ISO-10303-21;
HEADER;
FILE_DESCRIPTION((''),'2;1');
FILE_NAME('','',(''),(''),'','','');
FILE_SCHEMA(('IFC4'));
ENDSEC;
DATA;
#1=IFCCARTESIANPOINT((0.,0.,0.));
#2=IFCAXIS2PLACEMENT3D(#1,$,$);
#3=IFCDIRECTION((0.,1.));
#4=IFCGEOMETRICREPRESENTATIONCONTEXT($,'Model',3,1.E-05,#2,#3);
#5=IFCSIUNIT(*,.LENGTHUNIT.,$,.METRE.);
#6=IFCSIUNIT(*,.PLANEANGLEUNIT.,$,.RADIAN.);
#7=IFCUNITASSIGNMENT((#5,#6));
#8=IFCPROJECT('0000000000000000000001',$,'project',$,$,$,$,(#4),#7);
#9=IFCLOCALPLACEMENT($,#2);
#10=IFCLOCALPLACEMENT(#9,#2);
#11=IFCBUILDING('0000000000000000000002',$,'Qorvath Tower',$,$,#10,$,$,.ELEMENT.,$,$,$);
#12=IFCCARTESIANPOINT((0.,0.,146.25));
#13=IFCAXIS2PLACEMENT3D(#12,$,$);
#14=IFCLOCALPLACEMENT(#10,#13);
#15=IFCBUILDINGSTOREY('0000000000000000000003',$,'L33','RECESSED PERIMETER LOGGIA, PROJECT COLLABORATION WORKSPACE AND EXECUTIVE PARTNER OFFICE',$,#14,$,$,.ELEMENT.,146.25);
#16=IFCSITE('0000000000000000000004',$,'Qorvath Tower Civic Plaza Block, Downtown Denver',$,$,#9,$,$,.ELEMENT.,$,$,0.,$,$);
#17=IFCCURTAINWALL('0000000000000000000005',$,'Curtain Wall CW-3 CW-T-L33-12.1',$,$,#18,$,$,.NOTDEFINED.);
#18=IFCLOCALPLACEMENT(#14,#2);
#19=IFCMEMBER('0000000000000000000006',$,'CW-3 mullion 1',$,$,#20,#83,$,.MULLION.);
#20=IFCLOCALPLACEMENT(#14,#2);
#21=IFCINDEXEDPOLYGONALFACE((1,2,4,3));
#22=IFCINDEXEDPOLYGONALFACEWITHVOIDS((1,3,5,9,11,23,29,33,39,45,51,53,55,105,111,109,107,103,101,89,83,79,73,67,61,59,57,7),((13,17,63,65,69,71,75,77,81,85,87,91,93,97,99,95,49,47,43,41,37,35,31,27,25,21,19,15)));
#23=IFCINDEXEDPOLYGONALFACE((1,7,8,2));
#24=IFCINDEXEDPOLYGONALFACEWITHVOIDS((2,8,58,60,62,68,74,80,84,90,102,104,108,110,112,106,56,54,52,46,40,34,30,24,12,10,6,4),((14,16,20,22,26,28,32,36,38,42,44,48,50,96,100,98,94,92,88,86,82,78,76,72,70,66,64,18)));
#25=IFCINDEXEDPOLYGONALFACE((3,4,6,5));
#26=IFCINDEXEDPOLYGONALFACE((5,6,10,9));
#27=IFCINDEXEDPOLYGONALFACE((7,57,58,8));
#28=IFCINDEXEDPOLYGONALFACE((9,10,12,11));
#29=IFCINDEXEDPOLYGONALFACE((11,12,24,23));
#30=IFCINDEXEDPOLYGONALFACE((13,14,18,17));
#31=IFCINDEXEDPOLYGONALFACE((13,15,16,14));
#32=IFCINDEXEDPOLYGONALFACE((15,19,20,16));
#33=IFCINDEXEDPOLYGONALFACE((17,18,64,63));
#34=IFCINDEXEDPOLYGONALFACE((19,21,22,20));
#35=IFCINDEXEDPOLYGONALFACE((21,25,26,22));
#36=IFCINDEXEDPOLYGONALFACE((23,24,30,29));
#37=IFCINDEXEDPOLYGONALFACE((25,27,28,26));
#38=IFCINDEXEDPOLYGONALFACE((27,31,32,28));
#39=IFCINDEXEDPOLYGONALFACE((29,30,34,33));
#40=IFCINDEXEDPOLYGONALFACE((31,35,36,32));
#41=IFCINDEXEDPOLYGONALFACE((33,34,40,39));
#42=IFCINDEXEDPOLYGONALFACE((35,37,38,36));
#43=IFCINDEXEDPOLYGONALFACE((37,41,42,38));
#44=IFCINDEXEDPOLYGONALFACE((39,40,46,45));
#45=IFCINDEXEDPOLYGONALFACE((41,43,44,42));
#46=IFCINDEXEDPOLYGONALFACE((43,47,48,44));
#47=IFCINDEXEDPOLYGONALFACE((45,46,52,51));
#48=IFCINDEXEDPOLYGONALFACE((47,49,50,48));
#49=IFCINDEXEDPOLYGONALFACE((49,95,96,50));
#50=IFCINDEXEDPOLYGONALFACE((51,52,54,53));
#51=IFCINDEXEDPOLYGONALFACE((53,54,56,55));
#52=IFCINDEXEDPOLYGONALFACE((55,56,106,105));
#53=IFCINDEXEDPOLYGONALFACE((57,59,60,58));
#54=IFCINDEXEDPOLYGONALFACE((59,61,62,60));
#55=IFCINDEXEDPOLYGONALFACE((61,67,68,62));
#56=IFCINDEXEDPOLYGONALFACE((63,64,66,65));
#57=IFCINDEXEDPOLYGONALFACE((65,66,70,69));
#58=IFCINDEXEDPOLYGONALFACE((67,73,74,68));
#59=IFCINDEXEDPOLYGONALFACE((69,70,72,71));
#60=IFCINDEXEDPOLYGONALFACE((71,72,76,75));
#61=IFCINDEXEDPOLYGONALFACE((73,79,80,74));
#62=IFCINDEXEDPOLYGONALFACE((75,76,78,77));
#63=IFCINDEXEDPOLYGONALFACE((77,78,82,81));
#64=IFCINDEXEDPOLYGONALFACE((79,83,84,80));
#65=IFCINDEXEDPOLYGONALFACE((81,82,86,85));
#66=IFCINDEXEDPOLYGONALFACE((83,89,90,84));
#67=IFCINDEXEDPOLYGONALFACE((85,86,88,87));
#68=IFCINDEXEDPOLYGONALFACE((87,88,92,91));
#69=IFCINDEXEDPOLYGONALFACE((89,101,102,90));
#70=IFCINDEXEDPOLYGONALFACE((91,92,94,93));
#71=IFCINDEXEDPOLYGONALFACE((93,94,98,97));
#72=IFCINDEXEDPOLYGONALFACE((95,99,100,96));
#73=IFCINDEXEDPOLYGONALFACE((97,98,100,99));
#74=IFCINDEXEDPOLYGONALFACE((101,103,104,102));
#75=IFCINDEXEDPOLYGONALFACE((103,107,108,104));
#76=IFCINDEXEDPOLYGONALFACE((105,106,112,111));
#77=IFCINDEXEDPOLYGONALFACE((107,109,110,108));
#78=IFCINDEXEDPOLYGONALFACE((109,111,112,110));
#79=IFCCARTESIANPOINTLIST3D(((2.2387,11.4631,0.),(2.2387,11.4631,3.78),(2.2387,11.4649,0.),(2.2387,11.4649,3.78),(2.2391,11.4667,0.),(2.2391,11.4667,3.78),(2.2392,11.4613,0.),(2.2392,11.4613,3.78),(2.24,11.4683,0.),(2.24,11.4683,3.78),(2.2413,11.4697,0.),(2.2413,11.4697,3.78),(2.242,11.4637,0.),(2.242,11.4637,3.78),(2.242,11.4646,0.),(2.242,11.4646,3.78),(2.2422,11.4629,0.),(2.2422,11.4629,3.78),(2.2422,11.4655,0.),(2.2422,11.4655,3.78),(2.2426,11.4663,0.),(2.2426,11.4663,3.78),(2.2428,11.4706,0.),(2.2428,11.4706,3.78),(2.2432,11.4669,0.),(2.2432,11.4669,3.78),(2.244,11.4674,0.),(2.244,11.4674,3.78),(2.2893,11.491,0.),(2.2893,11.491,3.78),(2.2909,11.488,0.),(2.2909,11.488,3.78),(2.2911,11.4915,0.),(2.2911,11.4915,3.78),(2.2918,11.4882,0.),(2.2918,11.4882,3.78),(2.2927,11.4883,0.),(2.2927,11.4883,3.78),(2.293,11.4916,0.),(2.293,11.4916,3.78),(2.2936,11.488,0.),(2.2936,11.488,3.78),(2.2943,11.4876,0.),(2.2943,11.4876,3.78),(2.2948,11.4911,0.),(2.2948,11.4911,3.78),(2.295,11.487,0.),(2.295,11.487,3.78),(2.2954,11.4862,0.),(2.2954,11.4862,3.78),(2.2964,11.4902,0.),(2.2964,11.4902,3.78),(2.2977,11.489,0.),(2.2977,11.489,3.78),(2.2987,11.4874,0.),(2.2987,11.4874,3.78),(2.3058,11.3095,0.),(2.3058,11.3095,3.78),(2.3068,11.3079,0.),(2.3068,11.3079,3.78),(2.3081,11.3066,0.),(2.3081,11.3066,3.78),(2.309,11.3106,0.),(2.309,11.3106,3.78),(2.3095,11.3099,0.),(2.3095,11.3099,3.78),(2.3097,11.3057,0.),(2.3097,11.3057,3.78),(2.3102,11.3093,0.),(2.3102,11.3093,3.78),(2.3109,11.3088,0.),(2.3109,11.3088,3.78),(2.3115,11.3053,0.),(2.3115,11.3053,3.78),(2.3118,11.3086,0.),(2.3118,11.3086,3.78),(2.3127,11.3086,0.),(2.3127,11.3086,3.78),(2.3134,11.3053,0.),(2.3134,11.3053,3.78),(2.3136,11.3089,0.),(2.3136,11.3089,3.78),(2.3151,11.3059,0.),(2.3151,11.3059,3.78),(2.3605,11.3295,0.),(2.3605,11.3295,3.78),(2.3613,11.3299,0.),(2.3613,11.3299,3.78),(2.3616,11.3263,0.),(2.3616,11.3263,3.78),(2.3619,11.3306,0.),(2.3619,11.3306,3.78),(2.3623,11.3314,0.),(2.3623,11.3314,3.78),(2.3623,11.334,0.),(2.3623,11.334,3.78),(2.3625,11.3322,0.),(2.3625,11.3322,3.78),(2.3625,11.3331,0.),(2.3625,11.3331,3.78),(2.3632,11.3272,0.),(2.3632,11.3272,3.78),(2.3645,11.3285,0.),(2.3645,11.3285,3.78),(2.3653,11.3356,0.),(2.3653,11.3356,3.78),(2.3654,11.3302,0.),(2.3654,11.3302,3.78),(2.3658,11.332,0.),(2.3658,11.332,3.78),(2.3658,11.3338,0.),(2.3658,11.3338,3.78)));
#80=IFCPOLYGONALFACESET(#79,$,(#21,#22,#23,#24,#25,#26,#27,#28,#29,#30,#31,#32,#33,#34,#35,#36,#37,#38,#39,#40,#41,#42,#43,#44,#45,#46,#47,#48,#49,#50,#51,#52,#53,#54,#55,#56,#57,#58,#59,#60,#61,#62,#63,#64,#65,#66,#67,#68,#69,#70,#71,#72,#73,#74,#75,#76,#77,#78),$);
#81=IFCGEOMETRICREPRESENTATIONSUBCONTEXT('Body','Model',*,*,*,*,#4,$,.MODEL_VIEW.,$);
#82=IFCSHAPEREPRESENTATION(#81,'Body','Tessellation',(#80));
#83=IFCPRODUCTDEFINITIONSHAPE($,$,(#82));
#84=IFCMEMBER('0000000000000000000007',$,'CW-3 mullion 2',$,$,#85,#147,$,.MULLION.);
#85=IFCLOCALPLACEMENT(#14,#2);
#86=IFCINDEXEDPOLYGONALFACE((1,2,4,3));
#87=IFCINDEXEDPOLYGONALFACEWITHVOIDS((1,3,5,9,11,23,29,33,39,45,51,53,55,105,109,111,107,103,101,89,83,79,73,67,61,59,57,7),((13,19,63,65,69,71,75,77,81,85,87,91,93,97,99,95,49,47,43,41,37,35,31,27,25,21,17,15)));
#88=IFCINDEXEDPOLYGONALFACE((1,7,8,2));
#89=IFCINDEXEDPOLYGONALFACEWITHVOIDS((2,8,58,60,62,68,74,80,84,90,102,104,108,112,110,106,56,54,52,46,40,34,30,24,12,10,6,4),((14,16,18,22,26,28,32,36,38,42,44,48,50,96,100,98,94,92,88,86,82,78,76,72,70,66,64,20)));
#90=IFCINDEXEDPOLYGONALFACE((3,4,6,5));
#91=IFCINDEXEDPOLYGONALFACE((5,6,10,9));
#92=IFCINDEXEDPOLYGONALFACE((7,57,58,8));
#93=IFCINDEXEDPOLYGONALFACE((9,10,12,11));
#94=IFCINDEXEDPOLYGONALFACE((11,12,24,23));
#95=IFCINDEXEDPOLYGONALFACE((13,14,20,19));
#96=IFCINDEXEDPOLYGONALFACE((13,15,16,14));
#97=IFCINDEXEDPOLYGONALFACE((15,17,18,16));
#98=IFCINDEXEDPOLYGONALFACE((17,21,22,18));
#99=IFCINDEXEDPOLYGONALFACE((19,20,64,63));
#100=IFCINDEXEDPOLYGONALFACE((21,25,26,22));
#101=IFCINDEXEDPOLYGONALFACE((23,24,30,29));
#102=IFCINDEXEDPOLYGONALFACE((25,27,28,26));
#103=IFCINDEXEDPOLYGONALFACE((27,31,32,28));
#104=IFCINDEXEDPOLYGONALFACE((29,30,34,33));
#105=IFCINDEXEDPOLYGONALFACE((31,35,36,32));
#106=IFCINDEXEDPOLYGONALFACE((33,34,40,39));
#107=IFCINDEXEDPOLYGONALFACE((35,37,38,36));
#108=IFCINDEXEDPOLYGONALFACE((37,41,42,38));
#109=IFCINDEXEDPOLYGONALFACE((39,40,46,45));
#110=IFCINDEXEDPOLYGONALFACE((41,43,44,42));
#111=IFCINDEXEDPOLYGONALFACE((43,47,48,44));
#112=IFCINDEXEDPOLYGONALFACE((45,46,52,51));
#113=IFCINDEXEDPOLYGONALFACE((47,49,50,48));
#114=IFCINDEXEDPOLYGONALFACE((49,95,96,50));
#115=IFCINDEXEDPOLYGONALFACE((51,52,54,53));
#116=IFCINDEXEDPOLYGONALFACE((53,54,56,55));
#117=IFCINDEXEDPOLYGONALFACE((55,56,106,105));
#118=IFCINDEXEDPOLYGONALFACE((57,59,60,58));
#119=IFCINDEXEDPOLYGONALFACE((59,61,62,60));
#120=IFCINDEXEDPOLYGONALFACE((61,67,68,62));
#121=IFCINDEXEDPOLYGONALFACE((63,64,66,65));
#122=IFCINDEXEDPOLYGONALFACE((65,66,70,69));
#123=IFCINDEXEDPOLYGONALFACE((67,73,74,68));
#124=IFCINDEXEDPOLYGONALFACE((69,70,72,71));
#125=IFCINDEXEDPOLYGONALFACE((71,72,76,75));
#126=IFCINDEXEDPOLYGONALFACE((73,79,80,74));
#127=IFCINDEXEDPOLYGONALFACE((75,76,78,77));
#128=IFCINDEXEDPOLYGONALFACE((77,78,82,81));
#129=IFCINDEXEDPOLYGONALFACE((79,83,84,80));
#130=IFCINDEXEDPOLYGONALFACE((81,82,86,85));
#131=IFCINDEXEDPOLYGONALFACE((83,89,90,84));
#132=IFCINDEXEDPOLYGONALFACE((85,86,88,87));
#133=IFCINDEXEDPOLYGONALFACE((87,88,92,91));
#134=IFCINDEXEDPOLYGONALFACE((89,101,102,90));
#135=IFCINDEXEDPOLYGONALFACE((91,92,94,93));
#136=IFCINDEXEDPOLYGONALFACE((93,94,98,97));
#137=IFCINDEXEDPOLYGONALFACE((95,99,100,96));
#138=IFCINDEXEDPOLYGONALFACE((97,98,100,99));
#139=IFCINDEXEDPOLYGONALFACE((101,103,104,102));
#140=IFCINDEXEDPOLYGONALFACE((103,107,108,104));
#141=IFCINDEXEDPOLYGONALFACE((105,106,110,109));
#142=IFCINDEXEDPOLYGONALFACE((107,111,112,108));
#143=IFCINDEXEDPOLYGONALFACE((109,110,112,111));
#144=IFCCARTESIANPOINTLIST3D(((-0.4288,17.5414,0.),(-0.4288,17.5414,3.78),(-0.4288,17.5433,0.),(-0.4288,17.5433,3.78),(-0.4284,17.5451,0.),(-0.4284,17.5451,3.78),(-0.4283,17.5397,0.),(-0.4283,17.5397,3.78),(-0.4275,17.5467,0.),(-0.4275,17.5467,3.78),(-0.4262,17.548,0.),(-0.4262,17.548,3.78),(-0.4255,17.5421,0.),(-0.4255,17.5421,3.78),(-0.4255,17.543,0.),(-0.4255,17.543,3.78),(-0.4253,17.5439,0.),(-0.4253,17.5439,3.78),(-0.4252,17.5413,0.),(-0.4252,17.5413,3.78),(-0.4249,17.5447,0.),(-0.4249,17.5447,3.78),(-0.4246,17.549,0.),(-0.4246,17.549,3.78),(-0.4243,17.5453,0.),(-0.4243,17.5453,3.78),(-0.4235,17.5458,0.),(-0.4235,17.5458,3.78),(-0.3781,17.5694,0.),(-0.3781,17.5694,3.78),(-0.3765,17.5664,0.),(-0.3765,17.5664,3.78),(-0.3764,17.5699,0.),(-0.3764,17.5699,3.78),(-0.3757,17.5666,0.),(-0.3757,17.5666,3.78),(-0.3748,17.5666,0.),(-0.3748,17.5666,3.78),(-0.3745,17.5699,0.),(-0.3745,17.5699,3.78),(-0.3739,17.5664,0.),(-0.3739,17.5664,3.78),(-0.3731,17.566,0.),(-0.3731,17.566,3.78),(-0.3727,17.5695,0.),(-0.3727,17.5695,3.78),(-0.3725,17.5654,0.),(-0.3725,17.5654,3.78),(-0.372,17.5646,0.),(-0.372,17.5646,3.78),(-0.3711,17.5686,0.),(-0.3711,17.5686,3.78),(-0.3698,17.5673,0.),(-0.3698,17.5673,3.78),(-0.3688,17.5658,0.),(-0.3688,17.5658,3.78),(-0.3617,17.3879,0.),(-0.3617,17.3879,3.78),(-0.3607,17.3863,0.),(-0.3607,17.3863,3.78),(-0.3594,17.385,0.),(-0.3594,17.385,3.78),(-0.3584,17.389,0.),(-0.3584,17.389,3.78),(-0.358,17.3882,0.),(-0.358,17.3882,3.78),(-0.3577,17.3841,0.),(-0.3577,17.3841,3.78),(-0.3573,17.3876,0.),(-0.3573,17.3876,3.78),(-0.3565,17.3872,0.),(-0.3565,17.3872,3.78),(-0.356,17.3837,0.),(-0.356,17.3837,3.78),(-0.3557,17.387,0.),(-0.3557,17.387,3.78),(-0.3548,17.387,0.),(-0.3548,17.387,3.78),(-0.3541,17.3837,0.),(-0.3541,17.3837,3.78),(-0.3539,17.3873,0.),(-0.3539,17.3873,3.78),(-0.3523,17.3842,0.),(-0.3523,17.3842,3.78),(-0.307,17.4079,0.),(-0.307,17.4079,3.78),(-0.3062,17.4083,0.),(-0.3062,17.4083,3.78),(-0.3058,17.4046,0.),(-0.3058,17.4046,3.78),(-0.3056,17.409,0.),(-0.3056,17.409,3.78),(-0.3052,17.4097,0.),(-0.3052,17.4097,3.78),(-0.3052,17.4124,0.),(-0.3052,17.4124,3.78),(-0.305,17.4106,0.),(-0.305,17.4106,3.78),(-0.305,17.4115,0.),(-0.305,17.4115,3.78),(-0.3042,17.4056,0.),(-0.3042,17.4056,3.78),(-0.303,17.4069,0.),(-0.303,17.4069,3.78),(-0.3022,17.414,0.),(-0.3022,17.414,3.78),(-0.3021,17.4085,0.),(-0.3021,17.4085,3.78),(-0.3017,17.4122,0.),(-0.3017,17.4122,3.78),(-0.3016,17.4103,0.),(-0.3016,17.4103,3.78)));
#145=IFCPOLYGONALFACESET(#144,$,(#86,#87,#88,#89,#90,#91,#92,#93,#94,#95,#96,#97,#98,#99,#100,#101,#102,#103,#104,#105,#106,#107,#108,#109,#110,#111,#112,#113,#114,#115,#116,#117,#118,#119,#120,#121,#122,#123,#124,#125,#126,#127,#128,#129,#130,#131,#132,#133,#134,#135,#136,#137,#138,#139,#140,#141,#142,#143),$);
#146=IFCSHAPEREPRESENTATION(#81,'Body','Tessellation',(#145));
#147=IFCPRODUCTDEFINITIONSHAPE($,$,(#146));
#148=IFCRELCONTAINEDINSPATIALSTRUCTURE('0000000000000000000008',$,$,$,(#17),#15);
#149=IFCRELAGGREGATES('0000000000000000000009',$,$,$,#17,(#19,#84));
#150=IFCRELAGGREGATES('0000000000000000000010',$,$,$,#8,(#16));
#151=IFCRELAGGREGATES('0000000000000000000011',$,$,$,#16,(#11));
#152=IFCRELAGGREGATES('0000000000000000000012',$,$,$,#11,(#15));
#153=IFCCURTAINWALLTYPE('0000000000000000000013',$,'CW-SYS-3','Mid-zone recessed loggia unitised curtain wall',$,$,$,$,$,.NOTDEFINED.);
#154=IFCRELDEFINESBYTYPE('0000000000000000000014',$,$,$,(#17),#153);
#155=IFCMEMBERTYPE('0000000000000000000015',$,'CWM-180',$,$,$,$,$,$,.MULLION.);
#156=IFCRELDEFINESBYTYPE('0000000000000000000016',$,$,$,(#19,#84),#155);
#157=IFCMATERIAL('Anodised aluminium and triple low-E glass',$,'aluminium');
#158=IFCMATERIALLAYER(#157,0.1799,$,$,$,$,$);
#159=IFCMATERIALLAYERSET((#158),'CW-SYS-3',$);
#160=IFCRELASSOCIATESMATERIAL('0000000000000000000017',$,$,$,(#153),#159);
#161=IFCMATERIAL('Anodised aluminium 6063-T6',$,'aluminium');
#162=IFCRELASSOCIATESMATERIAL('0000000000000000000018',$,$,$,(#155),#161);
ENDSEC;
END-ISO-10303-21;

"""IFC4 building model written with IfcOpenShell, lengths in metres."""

from ifc_helpers import new_model, si_unit, direction, frame, origin, origin_2d, place, context, subcontext, project, spatial, hollow_rectangle, extrude, material, layer, layer_set, material_profile, profile_set, type_object, element, aggregate, save


model = new_model("IFC4")

# Units and contexts
model_context = context("Model", 3, precision=1e-05, world=origin(), true_north=direction((0.0, 1.0)))
body_context = subcontext(model_context, "Body", "Model", "MODEL_VIEW")
ifc_project = project(units=[si_unit("LENGTHUNIT", "METRE"), si_unit("PLANEANGLEUNIT", "RADIAN")], contexts=[model_context])

# Site, building, storey
site_placement = place(None, origin())
site = spatial("IfcSite", under=ifc_project, at=site_placement, Name="Qorvath Tower Civic Plaza Block, Downtown Denver", CompositionType="ELEMENT", RefElevation=0.0)
building_placement = place(site_placement, origin())
building = spatial("IfcBuilding", under=site, at=building_placement, Name="Qorvath Tower", CompositionType="ELEMENT")
storey_placement = place(building_placement, frame((0.0, 0.0, 146.25)))
storey = spatial("IfcBuildingStorey", under=building, at=storey_placement, Name="L33", Description="RECESSED PERIMETER LOGGIA, PROJECT COLLABORATION WORKSPACE AND EXECUTIVE PARTNER OFFICE", CompositionType="ELEMENT", Elevation=146.25)

# Curtain wall, members
ifc_material_1 = material(Name="Anodised aluminium and triple low-E glass", Category="aluminium")
ifc_layer_1 = layer(ifc_material_1, 0.1799)
ifc_layer_set_1 = layer_set([ifc_layer_1], Name="CW-SYS-3")
curtain_wall_type = type_object("IfcCurtainWallType", Name="CW-SYS-3", Description="Mid-zone recessed loggia unitised curtain wall", PredefinedType="NOTDEFINED", material=ifc_layer_set_1)
ifc_material_2 = material(Name="Anodised aluminium 6063-T6", Category="aluminium")
ifc_material_profile_1 = material_profile(ifc_material_2, hollow_rectangle(XDim=0.0649, YDim=0.1799, WallThickness=0.0034, InnerFilletRadius=0.0034, OuterFilletRadius=0.0071, at=origin_2d()), Name="CWM 180x65")
ifc_profile_set_1 = profile_set([ifc_material_profile_1], Name="Anodised aluminium 6063-T6")
member_type_1 = type_object("IfcMemberType", Name="CWM-180", PredefinedType="MULLION", material=ifc_profile_set_1)
curtain_wall_1_placement = place(storey_placement, origin())
curtain_wall_1 = element("IfcCurtainWall", 1, at=curtain_wall_1_placement, inside=storey, type_object=curtain_wall_type, Name="Curtain Wall CW-3 CW-T-L33-12.1", PredefinedType="NOTDEFINED")
member_1_placement = place(storey_placement, frame((2.3022, 11.3984, 0.0), z_axis=(0.0, 0.0, 1.0), x_axis=(-0.915704, -0.401854, 0.0)))
member_1 = element("IfcMember", 2, at=member_1_placement, type_object=member_type_1, Name="CW-3 mullion 1", PredefinedType="MULLION", context=body_context, shape_type="SweptSolid", body=[
    extrude(hollow_rectangle(XDim=0.0649, YDim=0.1799, WallThickness=0.0034, InnerFilletRadius=0.0034, OuterFilletRadius=0.0071, at=origin_2d()), origin(), (0.0, 0.0, 1.0), 3.78),
])
member_2_placement = place(storey_placement, frame((-0.3652, 17.4768, 0.0), z_axis=(0.0, 0.0, 1.0), x_axis=(-0.915704, -0.401854, 0.0)))
member_2 = element("IfcMember", 3, at=member_2_placement, type_object=member_type_1, Name="CW-3 mullion 2", PredefinedType="MULLION", context=body_context, shape_type="SweptSolid", body=[
    extrude(hollow_rectangle(XDim=0.0649, YDim=0.1799, WallThickness=0.0034, InnerFilletRadius=0.0034, OuterFilletRadius=0.0071, at=origin_2d()), origin(), (0.0, 0.0, 1.0), 3.78),
])

aggregate(curtain_wall_1, [member_1, member_2])

save(model, "model.ifc")
